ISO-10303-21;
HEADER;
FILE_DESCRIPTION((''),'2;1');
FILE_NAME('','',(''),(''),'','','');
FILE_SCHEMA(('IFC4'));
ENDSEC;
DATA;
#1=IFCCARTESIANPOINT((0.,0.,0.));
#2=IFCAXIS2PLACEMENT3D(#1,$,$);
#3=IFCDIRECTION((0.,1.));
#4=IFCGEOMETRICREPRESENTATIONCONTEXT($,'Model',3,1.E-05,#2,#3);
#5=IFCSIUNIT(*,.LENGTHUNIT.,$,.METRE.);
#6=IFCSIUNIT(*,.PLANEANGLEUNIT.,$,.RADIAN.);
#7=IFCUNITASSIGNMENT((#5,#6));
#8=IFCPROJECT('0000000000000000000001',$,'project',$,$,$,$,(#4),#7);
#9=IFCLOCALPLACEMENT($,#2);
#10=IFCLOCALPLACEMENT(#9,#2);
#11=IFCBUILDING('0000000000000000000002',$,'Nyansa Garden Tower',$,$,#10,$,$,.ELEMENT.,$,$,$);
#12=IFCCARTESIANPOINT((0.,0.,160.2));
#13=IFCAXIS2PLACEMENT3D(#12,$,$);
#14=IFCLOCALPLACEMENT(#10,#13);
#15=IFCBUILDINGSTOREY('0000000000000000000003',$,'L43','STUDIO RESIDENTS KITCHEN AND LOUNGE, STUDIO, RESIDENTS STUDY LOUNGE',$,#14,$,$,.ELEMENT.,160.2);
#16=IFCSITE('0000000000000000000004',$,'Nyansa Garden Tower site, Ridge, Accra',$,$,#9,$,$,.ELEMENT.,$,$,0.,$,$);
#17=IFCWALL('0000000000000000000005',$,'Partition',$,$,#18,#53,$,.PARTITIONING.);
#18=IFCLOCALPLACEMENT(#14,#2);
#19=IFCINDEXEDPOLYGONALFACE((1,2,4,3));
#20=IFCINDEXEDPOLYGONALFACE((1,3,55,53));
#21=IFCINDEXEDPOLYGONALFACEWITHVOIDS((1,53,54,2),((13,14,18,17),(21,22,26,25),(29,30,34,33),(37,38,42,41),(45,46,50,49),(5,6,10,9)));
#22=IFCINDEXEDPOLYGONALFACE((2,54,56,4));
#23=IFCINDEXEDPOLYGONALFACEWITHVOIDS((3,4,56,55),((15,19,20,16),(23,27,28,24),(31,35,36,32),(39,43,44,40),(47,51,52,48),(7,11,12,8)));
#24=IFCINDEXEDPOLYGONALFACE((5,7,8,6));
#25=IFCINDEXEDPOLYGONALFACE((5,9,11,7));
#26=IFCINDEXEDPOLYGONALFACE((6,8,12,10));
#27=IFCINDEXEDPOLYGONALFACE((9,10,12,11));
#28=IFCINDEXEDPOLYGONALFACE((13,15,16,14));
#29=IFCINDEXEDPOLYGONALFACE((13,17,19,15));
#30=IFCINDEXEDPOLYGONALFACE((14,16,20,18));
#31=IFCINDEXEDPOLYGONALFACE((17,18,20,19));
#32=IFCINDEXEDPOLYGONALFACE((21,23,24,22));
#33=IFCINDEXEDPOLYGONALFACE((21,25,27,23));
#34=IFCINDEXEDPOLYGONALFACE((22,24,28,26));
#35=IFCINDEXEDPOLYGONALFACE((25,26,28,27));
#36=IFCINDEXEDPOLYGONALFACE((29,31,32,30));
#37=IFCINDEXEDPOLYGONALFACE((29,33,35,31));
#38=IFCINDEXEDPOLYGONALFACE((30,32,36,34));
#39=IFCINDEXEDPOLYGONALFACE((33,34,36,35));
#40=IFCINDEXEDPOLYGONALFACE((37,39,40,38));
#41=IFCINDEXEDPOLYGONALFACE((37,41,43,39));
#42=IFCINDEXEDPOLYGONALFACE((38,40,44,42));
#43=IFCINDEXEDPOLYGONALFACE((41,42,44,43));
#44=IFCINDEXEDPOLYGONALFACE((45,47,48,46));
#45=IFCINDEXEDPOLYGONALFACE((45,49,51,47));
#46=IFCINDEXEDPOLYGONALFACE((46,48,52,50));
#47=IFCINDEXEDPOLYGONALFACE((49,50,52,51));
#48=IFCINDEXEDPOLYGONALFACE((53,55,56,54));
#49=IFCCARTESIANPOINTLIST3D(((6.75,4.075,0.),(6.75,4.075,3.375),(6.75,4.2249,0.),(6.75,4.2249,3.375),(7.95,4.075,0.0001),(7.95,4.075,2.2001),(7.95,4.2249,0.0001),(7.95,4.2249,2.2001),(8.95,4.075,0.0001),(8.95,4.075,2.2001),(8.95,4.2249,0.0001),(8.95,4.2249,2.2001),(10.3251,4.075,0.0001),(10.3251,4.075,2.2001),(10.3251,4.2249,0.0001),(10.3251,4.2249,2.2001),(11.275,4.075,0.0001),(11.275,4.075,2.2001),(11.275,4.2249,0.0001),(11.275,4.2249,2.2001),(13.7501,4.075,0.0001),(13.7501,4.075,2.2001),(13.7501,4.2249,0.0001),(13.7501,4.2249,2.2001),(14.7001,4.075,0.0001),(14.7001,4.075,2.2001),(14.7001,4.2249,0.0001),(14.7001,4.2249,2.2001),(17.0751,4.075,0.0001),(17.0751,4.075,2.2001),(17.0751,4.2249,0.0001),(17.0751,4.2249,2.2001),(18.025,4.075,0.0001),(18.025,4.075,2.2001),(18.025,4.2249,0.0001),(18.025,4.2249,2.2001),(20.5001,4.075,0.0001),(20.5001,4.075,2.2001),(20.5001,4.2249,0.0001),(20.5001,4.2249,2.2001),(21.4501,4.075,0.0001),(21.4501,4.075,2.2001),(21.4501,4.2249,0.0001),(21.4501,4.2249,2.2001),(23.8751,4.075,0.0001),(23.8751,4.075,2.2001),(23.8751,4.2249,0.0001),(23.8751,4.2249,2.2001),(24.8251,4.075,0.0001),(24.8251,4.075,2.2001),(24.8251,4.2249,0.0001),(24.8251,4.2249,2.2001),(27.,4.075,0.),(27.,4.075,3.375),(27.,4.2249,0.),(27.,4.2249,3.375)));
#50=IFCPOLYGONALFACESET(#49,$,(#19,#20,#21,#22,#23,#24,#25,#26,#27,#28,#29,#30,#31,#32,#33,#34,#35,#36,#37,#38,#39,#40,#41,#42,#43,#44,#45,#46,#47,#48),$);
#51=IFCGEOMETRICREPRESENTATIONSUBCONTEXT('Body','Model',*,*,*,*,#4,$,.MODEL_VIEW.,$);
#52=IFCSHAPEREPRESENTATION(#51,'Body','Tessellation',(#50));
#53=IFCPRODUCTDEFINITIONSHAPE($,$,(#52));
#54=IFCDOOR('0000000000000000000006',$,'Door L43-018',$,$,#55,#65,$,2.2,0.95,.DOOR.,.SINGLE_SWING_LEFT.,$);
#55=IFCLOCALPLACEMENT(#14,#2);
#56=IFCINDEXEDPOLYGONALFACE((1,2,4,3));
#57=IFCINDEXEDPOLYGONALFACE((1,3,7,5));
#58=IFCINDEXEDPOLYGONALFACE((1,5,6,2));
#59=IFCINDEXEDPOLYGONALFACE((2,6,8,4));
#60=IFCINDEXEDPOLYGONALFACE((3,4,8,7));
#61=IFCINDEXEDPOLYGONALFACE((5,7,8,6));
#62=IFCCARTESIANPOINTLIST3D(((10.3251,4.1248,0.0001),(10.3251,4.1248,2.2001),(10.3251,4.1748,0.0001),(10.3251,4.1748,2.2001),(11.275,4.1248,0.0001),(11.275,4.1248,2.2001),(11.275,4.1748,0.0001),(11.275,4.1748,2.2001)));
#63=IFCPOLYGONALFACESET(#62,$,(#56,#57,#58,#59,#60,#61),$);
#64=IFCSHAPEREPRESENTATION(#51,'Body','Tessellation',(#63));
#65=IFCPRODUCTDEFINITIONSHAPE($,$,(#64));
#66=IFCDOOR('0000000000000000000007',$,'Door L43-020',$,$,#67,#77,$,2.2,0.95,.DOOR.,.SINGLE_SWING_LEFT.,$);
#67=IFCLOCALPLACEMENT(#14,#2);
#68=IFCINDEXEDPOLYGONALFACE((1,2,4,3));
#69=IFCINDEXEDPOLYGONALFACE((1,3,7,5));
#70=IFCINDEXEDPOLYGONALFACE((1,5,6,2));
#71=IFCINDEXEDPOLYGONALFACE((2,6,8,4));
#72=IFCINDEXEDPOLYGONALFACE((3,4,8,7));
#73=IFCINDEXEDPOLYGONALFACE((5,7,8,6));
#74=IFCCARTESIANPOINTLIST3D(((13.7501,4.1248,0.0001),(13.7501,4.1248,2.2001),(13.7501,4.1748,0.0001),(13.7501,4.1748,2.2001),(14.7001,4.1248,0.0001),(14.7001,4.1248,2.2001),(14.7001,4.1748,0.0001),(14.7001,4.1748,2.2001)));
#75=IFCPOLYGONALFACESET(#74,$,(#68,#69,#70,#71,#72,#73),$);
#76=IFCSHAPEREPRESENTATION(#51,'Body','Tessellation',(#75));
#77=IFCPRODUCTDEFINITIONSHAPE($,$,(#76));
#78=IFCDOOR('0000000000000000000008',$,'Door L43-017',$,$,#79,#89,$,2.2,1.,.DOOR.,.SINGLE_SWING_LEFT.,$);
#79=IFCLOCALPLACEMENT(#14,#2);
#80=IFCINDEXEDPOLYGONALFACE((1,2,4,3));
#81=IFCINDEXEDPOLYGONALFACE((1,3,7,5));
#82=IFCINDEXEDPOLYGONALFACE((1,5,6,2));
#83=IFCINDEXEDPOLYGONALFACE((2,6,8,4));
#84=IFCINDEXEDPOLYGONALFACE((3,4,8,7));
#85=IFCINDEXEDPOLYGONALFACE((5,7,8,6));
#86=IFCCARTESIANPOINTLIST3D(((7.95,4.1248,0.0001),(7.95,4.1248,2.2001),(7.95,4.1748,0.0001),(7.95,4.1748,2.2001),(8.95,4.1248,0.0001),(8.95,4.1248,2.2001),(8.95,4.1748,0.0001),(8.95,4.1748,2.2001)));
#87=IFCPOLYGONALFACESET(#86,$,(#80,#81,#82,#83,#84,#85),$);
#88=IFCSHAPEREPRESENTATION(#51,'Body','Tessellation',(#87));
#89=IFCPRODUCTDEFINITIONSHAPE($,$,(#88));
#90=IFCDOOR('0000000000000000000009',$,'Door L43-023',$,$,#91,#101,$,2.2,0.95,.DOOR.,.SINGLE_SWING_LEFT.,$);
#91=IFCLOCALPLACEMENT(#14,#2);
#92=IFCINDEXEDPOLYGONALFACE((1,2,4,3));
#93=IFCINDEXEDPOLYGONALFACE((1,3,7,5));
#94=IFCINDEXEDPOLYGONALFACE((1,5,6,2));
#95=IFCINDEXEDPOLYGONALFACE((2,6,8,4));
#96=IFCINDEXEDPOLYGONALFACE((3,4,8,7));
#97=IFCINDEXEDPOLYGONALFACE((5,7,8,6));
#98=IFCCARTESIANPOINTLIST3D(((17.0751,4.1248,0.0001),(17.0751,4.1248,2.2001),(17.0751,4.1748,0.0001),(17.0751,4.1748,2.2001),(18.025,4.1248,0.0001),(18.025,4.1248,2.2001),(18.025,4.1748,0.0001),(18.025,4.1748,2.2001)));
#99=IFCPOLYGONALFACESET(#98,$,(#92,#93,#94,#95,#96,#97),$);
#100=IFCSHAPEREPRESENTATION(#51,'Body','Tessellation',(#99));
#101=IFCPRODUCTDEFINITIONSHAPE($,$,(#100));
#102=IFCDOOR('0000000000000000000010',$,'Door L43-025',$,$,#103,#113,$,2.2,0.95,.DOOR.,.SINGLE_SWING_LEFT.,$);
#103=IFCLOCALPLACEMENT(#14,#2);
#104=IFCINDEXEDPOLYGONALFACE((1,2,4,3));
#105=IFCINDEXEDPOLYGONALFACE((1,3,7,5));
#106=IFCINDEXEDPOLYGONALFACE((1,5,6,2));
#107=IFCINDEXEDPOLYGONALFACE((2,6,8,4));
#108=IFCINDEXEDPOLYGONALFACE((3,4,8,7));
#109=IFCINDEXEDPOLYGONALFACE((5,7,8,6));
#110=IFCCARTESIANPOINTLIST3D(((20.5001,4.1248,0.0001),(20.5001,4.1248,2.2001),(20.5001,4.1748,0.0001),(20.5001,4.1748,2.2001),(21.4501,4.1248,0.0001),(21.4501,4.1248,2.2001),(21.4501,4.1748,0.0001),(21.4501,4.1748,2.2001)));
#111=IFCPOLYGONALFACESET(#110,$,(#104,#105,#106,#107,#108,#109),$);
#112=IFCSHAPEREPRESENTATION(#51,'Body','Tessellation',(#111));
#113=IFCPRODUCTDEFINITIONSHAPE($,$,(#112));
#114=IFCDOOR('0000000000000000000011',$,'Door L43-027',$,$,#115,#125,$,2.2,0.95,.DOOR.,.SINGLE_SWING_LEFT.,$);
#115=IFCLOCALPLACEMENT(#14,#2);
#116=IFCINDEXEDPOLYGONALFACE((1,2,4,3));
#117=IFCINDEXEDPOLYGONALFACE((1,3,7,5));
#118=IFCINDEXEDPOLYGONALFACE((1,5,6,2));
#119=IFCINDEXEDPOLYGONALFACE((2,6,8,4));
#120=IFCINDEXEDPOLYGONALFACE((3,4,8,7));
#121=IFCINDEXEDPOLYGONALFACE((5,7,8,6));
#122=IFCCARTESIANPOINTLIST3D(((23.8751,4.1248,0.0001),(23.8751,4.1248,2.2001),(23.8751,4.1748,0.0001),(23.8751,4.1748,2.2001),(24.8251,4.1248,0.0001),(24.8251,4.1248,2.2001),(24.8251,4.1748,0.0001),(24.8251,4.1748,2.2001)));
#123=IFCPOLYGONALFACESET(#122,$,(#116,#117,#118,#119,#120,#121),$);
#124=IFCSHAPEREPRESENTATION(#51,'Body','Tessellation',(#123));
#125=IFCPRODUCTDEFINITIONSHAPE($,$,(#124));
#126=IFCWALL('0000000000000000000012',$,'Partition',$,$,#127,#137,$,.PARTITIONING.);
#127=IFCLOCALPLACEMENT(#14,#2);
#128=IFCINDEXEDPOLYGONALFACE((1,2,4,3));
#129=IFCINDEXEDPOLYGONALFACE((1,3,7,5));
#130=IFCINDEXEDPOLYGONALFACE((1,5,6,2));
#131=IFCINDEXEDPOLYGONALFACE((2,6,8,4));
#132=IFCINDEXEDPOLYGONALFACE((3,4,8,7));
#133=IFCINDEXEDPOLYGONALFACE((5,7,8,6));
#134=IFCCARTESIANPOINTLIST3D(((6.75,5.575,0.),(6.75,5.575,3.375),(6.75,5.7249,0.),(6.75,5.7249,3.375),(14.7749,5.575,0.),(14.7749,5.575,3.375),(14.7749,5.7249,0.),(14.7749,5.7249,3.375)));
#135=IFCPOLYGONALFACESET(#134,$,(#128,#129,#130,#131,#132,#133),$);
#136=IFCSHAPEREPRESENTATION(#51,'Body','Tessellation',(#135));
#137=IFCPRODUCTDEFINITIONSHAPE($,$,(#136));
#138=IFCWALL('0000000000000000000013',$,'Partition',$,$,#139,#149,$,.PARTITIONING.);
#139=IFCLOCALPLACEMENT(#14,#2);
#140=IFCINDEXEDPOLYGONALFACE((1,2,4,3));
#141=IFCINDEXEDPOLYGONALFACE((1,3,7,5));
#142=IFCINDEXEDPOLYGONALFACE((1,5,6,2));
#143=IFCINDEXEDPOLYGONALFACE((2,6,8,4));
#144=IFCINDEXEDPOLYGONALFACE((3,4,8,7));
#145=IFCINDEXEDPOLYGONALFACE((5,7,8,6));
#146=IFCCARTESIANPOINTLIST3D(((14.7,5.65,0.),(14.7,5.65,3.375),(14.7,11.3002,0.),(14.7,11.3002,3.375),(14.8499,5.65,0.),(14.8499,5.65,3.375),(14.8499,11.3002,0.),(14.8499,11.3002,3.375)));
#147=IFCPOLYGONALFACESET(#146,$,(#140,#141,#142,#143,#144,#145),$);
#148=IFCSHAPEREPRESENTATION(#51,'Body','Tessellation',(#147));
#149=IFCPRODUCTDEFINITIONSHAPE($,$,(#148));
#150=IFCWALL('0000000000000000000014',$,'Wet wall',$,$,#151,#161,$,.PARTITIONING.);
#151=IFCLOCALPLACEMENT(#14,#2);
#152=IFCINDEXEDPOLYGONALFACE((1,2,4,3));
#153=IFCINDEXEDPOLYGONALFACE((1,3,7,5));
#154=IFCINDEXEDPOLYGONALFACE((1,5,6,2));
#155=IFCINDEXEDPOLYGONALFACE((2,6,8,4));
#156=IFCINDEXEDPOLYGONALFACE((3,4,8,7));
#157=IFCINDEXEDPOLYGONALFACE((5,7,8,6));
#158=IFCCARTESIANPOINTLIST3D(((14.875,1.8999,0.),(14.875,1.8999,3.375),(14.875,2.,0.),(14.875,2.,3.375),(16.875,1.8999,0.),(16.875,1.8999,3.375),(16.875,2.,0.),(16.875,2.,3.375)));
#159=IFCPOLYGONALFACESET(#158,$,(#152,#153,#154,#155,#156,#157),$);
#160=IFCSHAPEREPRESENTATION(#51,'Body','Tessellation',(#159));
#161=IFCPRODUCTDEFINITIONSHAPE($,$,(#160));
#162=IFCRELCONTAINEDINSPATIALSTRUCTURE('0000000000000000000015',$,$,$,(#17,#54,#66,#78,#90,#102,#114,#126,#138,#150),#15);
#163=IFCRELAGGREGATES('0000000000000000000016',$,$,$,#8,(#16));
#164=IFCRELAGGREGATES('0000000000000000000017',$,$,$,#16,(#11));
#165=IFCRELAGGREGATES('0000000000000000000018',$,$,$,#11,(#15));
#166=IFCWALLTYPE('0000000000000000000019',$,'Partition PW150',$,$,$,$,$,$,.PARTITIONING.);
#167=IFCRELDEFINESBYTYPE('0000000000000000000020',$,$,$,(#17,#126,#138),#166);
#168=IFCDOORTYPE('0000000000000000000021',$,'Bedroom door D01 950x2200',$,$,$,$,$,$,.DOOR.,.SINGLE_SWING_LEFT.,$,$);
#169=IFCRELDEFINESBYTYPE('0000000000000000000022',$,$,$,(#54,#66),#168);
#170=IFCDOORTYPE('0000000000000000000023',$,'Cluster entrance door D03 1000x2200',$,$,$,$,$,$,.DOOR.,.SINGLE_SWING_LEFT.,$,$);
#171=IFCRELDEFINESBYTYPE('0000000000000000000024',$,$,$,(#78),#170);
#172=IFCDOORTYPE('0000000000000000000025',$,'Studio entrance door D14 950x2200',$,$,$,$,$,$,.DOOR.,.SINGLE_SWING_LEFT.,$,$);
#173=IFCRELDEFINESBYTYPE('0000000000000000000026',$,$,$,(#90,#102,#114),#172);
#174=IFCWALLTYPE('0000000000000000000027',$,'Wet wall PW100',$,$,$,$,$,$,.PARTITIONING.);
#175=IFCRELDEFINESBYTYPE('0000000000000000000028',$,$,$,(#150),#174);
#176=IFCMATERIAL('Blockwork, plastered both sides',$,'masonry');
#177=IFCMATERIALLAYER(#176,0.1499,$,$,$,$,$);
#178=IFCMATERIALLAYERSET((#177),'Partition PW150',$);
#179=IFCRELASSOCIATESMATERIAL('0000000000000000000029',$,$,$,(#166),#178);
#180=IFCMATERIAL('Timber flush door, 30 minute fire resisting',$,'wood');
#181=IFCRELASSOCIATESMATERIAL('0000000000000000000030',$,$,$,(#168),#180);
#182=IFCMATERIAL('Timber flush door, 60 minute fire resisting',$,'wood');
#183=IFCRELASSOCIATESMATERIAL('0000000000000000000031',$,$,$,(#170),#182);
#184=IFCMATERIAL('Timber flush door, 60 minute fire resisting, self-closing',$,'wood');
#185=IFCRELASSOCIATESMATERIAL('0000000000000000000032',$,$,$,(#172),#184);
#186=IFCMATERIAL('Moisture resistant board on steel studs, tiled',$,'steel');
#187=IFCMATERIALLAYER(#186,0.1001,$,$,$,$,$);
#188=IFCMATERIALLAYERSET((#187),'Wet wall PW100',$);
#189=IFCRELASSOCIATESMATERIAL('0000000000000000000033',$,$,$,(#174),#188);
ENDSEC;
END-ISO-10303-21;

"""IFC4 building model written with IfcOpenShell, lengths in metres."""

from ifc_helpers import new_model, si_unit, direction, frame, frame_2d, origin, place, context, subcontext, project, spatial, rectangle, extrude, material, layer, layer_set, type_object, element, fill, save


model = new_model("IFC4")

# Units and contexts
model_context = context("Model", 3, precision=1e-05, world=origin(), true_north=direction((0.0, 1.0)))
body_context = subcontext(model_context, "Body", "Model", "MODEL_VIEW")
ifc_project = project(units=[si_unit("LENGTHUNIT", "METRE"), si_unit("PLANEANGLEUNIT", "RADIAN")], contexts=[model_context])

# Site, building, storey
site_placement = place(None, origin())
site = spatial("IfcSite", under=ifc_project, at=site_placement, Name="Nyansa Garden Tower site, Ridge, Accra", CompositionType="ELEMENT", RefElevation=0.0)
building_placement = place(site_placement, origin())
building = spatial("IfcBuilding", under=site, at=building_placement, Name="Nyansa Garden Tower", CompositionType="ELEMENT")
storey_placement = place(building_placement, frame((0.0, 0.0, 160.2)))
storey = spatial("IfcBuildingStorey", under=building, at=storey_placement, Name="L43", Description="STUDIO RESIDENTS KITCHEN AND LOUNGE, STUDIO, RESIDENTS STUDY LOUNGE", CompositionType="ELEMENT", Elevation=160.2)

# Shared definitions
ifc_material_1 = material(Name="Blockwork, plastered both sides", Category="masonry")
ifc_layer_1 = layer(ifc_material_1, 0.1499)
ifc_layer_set_1 = layer_set([ifc_layer_1], Name="Partition PW150")
wall_type_1 = type_object("IfcWallType", Name="Partition PW150", PredefinedType="PARTITIONING", material=ifc_layer_set_1)

# Wall, openings, doors
wall_1_placement = place(storey_placement, frame((6.75, 4.1499, 0.0), z_axis=(0.0, 0.0, 1.0), x_axis=(1.0, 0.0, 0.0)))
wall_1 = element("IfcWall", 1, at=wall_1_placement, inside=storey, type_object=wall_type_1, Name="Partition", PredefinedType="PARTITIONING", context=body_context, shape_type="SweptSolid", body=[
    extrude(rectangle(XDim=20.25, YDim=0.1499, at=frame_2d((10.125, 0.0))), origin(), (0.0, 0.0, 1.0), 3.375),
])
opening_1_placement = place(wall_1_placement, frame((1.2, 0.0, 0.0)))
opening_1 = element("IfcOpeningElement", 2, at=opening_1_placement, cuts=wall_1, PredefinedType="OPENING", context=body_context, shape_type="SweptSolid", body=[
    extrude(rectangle(XDim=1.0, YDim=2.2, at=frame_2d((0.5, 1.1001))), frame((0.0, 0.085, 0.0), z_axis=(0.0, -1.0, 0.0), x_axis=(1.0, 0.0, 0.0)), (0.0, 0.0, 1.0), 0.1699),
])
opening_2_placement = place(wall_1_placement, frame((3.575, 0.0, 0.0)))
opening_2 = element("IfcOpeningElement", 3, at=opening_2_placement, cuts=wall_1, PredefinedType="OPENING", context=body_context, shape_type="SweptSolid", body=[
    extrude(rectangle(XDim=0.95, YDim=2.2, at=frame_2d((0.4751, 1.1001))), frame((0.0, 0.085, 0.0), z_axis=(0.0, -1.0, 0.0), x_axis=(1.0, 0.0, 0.0)), (0.0, 0.0, 1.0), 0.1699),
])
opening_3_placement = place(wall_1_placement, frame((7.0, 0.0, 0.0)))
opening_3 = element("IfcOpeningElement", 4, at=opening_3_placement, cuts=wall_1, PredefinedType="OPENING", context=body_context, shape_type="SweptSolid", body=[
    extrude(rectangle(XDim=0.95, YDim=2.2, at=frame_2d((0.4751, 1.1001))), frame((0.0, 0.085, 0.0), z_axis=(0.0, -1.0, 0.0), x_axis=(1.0, 0.0, 0.0)), (0.0, 0.0, 1.0), 0.1699),
])
opening_4_placement = place(wall_1_placement, frame((10.325, 0.0, 0.0)))
opening_4 = element("IfcOpeningElement", 5, at=opening_4_placement, cuts=wall_1, PredefinedType="OPENING", context=body_context, shape_type="SweptSolid", body=[
    extrude(rectangle(XDim=0.95, YDim=2.2, at=frame_2d((0.4751, 1.1001))), frame((0.0, 0.085, 0.0), z_axis=(0.0, -1.0, 0.0), x_axis=(1.0, 0.0, 0.0)), (0.0, 0.0, 1.0), 0.1699),
])
opening_5_placement = place(wall_1_placement, frame((13.75, 0.0, 0.0)))
opening_5 = element("IfcOpeningElement", 6, at=opening_5_placement, cuts=wall_1, PredefinedType="OPENING", context=body_context, shape_type="SweptSolid", body=[
    extrude(rectangle(XDim=0.95, YDim=2.2, at=frame_2d((0.4751, 1.1001))), frame((0.0, 0.085, 0.0), z_axis=(0.0, -1.0, 0.0), x_axis=(1.0, 0.0, 0.0)), (0.0, 0.0, 1.0), 0.1699),
])
opening_6_placement = place(wall_1_placement, frame((17.125, 0.0, 0.0)))
opening_6 = element("IfcOpeningElement", 7, at=opening_6_placement, cuts=wall_1, PredefinedType="OPENING", context=body_context, shape_type="SweptSolid", body=[
    extrude(rectangle(XDim=0.95, YDim=2.2, at=frame_2d((0.4751, 1.1001))), frame((0.0, 0.085, 0.0), z_axis=(0.0, -1.0, 0.0), x_axis=(1.0, 0.0, 0.0)), (0.0, 0.0, 1.0), 0.1699),
])
ifc_material_2 = material(Name="Timber flush door, 30 minute fire resisting", Category="wood")
door_type_1 = type_object("IfcDoorType", Name="Bedroom door D01 950x2200", OperationType="SINGLE_SWING_LEFT", PredefinedType="DOOR", material=ifc_material_2)
door_1_placement = place(opening_2_placement, origin())
door_1 = element("IfcDoor", 8, at=door_1_placement, inside=storey, type_object=door_type_1, Name="Door L43-018", OperationType="SINGLE_SWING_LEFT", OverallHeight=2.2, OverallWidth=0.95, PredefinedType="DOOR", context=body_context, shape_type="SweptSolid", body=[
    extrude(rectangle(XDim=0.95, YDim=2.2, at=frame_2d((0.4751, 1.1001))), frame((0.0, 0.0249, 0.0), z_axis=(0.0, -1.0, 0.0), x_axis=(1.0, 0.0, 0.0)), (0.0, 0.0, 1.0), 0.05),
])
fill(opening_2, door_1)
door_2_placement = place(opening_3_placement, origin())
door_2 = element("IfcDoor", 9, at=door_2_placement, inside=storey, type_object=door_type_1, Name="Door L43-020", OperationType="SINGLE_SWING_LEFT", OverallHeight=2.2, OverallWidth=0.95, PredefinedType="DOOR", context=body_context, shape_type="SweptSolid", body=[
    extrude(rectangle(XDim=0.95, YDim=2.2, at=frame_2d((0.4751, 1.1001))), frame((0.0, 0.0249, 0.0), z_axis=(0.0, -1.0, 0.0), x_axis=(1.0, 0.0, 0.0)), (0.0, 0.0, 1.0), 0.05),
])
fill(opening_3, door_2)
ifc_material_3 = material(Name="Timber flush door, 60 minute fire resisting", Category="wood")
door_type_2 = type_object("IfcDoorType", Name="Cluster entrance door D03 1000x2200", OperationType="SINGLE_SWING_LEFT", PredefinedType="DOOR", material=ifc_material_3)
door_3_placement = place(opening_1_placement, origin())
door_3 = element("IfcDoor", 10, at=door_3_placement, inside=storey, type_object=door_type_2, Name="Door L43-017", OperationType="SINGLE_SWING_LEFT", OverallHeight=2.2, OverallWidth=1.0, PredefinedType="DOOR", context=body_context, shape_type="SweptSolid", body=[
    extrude(rectangle(XDim=1.0, YDim=2.2, at=frame_2d((0.5, 1.1001))), frame((0.0, 0.0249, 0.0), z_axis=(0.0, -1.0, 0.0), x_axis=(1.0, 0.0, 0.0)), (0.0, 0.0, 1.0), 0.05),
])
fill(opening_1, door_3)
ifc_material_4 = material(Name="Timber flush door, 60 minute fire resisting, self-closing", Category="wood")
door_type_3 = type_object("IfcDoorType", Name="Studio entrance door D14 950x2200", OperationType="SINGLE_SWING_LEFT", PredefinedType="DOOR", material=ifc_material_4)
door_4_placement = place(opening_4_placement, origin())
door_4 = element("IfcDoor", 11, at=door_4_placement, inside=storey, type_object=door_type_3, Name="Door L43-023", OperationType="SINGLE_SWING_LEFT", OverallHeight=2.2, OverallWidth=0.95, PredefinedType="DOOR", context=body_context, shape_type="SweptSolid", body=[
    extrude(rectangle(XDim=0.95, YDim=2.2, at=frame_2d((0.4751, 1.1001))), frame((0.0, 0.0249, 0.0), z_axis=(0.0, -1.0, 0.0), x_axis=(1.0, 0.0, 0.0)), (0.0, 0.0, 1.0), 0.05),
])
fill(opening_4, door_4)
door_5_placement = place(opening_5_placement, origin())
door_5 = element("IfcDoor", 12, at=door_5_placement, inside=storey, type_object=door_type_3, Name="Door L43-025", OperationType="SINGLE_SWING_LEFT", OverallHeight=2.2, OverallWidth=0.95, PredefinedType="DOOR", context=body_context, shape_type="SweptSolid", body=[
    extrude(rectangle(XDim=0.95, YDim=2.2, at=frame_2d((0.4751, 1.1001))), frame((0.0, 0.0249, 0.0), z_axis=(0.0, -1.0, 0.0), x_axis=(1.0, 0.0, 0.0)), (0.0, 0.0, 1.0), 0.05),
])
fill(opening_5, door_5)
door_6_placement = place(opening_6_placement, origin())
door_6 = element("IfcDoor", 13, at=door_6_placement, inside=storey, type_object=door_type_3, Name="Door L43-027", OperationType="SINGLE_SWING_LEFT", OverallHeight=2.2, OverallWidth=0.95, PredefinedType="DOOR", context=body_context, shape_type="SweptSolid", body=[
    extrude(rectangle(XDim=0.95, YDim=2.2, at=frame_2d((0.4751, 1.1001))), frame((0.0, 0.0249, 0.0), z_axis=(0.0, -1.0, 0.0), x_axis=(1.0, 0.0, 0.0)), (0.0, 0.0, 1.0), 0.05),
])
fill(opening_6, door_6)

# Walls
wall_2_placement = place(storey_placement, frame((6.75, 5.6499, 0.0), z_axis=(0.0, 0.0, 1.0), x_axis=(1.0, 0.0, 0.0)))
element("IfcWall", 14, at=wall_2_placement, inside=storey, type_object=wall_type_1, Name="Partition", PredefinedType="PARTITIONING", context=body_context, shape_type="SweptSolid", body=[
    extrude(rectangle(XDim=8.0249, YDim=0.1499, at=frame_2d((4.0125, 0.0))), origin(), (0.0, 0.0, 1.0), 3.375),
])
wall_3_placement = place(storey_placement, frame((14.7749, 5.6499, 0.0), z_axis=(0.0, 0.0, 1.0), x_axis=(0.0, 1.0, 0.0)))
element("IfcWall", 15, at=wall_3_placement, inside=storey, type_object=wall_type_1, Name="Partition", PredefinedType="PARTITIONING", context=body_context, shape_type="SweptSolid", body=[
    extrude(rectangle(XDim=5.6501, YDim=0.1499, at=frame_2d((2.8252, 0.0))), origin(), (0.0, 0.0, 1.0), 3.375),
])
ifc_material_5 = material(Name="Moisture resistant board on steel studs, tiled", Category="steel")
ifc_layer_2 = layer(ifc_material_5, 0.1001)
ifc_layer_set_2 = layer_set([ifc_layer_2], Name="Wet wall PW100")
wall_type_2 = type_object("IfcWallType", Name="Wet wall PW100", PredefinedType="PARTITIONING", material=ifc_layer_set_2)
wall_4_placement = place(storey_placement, frame((14.875, 1.95, 0.0), z_axis=(0.0, 0.0, 1.0), x_axis=(1.0, 0.0, 0.0)))
element("IfcWall", 16, at=wall_4_placement, inside=storey, type_object=wall_type_2, Name="Wet wall", PredefinedType="PARTITIONING", context=body_context, shape_type="SweptSolid", body=[
    extrude(rectangle(XDim=2.0, YDim=0.1001, at=frame_2d((1.0, 0.0))), origin(), (0.0, 0.0, 1.0), 3.375),
])

save(model, "model.ifc")
